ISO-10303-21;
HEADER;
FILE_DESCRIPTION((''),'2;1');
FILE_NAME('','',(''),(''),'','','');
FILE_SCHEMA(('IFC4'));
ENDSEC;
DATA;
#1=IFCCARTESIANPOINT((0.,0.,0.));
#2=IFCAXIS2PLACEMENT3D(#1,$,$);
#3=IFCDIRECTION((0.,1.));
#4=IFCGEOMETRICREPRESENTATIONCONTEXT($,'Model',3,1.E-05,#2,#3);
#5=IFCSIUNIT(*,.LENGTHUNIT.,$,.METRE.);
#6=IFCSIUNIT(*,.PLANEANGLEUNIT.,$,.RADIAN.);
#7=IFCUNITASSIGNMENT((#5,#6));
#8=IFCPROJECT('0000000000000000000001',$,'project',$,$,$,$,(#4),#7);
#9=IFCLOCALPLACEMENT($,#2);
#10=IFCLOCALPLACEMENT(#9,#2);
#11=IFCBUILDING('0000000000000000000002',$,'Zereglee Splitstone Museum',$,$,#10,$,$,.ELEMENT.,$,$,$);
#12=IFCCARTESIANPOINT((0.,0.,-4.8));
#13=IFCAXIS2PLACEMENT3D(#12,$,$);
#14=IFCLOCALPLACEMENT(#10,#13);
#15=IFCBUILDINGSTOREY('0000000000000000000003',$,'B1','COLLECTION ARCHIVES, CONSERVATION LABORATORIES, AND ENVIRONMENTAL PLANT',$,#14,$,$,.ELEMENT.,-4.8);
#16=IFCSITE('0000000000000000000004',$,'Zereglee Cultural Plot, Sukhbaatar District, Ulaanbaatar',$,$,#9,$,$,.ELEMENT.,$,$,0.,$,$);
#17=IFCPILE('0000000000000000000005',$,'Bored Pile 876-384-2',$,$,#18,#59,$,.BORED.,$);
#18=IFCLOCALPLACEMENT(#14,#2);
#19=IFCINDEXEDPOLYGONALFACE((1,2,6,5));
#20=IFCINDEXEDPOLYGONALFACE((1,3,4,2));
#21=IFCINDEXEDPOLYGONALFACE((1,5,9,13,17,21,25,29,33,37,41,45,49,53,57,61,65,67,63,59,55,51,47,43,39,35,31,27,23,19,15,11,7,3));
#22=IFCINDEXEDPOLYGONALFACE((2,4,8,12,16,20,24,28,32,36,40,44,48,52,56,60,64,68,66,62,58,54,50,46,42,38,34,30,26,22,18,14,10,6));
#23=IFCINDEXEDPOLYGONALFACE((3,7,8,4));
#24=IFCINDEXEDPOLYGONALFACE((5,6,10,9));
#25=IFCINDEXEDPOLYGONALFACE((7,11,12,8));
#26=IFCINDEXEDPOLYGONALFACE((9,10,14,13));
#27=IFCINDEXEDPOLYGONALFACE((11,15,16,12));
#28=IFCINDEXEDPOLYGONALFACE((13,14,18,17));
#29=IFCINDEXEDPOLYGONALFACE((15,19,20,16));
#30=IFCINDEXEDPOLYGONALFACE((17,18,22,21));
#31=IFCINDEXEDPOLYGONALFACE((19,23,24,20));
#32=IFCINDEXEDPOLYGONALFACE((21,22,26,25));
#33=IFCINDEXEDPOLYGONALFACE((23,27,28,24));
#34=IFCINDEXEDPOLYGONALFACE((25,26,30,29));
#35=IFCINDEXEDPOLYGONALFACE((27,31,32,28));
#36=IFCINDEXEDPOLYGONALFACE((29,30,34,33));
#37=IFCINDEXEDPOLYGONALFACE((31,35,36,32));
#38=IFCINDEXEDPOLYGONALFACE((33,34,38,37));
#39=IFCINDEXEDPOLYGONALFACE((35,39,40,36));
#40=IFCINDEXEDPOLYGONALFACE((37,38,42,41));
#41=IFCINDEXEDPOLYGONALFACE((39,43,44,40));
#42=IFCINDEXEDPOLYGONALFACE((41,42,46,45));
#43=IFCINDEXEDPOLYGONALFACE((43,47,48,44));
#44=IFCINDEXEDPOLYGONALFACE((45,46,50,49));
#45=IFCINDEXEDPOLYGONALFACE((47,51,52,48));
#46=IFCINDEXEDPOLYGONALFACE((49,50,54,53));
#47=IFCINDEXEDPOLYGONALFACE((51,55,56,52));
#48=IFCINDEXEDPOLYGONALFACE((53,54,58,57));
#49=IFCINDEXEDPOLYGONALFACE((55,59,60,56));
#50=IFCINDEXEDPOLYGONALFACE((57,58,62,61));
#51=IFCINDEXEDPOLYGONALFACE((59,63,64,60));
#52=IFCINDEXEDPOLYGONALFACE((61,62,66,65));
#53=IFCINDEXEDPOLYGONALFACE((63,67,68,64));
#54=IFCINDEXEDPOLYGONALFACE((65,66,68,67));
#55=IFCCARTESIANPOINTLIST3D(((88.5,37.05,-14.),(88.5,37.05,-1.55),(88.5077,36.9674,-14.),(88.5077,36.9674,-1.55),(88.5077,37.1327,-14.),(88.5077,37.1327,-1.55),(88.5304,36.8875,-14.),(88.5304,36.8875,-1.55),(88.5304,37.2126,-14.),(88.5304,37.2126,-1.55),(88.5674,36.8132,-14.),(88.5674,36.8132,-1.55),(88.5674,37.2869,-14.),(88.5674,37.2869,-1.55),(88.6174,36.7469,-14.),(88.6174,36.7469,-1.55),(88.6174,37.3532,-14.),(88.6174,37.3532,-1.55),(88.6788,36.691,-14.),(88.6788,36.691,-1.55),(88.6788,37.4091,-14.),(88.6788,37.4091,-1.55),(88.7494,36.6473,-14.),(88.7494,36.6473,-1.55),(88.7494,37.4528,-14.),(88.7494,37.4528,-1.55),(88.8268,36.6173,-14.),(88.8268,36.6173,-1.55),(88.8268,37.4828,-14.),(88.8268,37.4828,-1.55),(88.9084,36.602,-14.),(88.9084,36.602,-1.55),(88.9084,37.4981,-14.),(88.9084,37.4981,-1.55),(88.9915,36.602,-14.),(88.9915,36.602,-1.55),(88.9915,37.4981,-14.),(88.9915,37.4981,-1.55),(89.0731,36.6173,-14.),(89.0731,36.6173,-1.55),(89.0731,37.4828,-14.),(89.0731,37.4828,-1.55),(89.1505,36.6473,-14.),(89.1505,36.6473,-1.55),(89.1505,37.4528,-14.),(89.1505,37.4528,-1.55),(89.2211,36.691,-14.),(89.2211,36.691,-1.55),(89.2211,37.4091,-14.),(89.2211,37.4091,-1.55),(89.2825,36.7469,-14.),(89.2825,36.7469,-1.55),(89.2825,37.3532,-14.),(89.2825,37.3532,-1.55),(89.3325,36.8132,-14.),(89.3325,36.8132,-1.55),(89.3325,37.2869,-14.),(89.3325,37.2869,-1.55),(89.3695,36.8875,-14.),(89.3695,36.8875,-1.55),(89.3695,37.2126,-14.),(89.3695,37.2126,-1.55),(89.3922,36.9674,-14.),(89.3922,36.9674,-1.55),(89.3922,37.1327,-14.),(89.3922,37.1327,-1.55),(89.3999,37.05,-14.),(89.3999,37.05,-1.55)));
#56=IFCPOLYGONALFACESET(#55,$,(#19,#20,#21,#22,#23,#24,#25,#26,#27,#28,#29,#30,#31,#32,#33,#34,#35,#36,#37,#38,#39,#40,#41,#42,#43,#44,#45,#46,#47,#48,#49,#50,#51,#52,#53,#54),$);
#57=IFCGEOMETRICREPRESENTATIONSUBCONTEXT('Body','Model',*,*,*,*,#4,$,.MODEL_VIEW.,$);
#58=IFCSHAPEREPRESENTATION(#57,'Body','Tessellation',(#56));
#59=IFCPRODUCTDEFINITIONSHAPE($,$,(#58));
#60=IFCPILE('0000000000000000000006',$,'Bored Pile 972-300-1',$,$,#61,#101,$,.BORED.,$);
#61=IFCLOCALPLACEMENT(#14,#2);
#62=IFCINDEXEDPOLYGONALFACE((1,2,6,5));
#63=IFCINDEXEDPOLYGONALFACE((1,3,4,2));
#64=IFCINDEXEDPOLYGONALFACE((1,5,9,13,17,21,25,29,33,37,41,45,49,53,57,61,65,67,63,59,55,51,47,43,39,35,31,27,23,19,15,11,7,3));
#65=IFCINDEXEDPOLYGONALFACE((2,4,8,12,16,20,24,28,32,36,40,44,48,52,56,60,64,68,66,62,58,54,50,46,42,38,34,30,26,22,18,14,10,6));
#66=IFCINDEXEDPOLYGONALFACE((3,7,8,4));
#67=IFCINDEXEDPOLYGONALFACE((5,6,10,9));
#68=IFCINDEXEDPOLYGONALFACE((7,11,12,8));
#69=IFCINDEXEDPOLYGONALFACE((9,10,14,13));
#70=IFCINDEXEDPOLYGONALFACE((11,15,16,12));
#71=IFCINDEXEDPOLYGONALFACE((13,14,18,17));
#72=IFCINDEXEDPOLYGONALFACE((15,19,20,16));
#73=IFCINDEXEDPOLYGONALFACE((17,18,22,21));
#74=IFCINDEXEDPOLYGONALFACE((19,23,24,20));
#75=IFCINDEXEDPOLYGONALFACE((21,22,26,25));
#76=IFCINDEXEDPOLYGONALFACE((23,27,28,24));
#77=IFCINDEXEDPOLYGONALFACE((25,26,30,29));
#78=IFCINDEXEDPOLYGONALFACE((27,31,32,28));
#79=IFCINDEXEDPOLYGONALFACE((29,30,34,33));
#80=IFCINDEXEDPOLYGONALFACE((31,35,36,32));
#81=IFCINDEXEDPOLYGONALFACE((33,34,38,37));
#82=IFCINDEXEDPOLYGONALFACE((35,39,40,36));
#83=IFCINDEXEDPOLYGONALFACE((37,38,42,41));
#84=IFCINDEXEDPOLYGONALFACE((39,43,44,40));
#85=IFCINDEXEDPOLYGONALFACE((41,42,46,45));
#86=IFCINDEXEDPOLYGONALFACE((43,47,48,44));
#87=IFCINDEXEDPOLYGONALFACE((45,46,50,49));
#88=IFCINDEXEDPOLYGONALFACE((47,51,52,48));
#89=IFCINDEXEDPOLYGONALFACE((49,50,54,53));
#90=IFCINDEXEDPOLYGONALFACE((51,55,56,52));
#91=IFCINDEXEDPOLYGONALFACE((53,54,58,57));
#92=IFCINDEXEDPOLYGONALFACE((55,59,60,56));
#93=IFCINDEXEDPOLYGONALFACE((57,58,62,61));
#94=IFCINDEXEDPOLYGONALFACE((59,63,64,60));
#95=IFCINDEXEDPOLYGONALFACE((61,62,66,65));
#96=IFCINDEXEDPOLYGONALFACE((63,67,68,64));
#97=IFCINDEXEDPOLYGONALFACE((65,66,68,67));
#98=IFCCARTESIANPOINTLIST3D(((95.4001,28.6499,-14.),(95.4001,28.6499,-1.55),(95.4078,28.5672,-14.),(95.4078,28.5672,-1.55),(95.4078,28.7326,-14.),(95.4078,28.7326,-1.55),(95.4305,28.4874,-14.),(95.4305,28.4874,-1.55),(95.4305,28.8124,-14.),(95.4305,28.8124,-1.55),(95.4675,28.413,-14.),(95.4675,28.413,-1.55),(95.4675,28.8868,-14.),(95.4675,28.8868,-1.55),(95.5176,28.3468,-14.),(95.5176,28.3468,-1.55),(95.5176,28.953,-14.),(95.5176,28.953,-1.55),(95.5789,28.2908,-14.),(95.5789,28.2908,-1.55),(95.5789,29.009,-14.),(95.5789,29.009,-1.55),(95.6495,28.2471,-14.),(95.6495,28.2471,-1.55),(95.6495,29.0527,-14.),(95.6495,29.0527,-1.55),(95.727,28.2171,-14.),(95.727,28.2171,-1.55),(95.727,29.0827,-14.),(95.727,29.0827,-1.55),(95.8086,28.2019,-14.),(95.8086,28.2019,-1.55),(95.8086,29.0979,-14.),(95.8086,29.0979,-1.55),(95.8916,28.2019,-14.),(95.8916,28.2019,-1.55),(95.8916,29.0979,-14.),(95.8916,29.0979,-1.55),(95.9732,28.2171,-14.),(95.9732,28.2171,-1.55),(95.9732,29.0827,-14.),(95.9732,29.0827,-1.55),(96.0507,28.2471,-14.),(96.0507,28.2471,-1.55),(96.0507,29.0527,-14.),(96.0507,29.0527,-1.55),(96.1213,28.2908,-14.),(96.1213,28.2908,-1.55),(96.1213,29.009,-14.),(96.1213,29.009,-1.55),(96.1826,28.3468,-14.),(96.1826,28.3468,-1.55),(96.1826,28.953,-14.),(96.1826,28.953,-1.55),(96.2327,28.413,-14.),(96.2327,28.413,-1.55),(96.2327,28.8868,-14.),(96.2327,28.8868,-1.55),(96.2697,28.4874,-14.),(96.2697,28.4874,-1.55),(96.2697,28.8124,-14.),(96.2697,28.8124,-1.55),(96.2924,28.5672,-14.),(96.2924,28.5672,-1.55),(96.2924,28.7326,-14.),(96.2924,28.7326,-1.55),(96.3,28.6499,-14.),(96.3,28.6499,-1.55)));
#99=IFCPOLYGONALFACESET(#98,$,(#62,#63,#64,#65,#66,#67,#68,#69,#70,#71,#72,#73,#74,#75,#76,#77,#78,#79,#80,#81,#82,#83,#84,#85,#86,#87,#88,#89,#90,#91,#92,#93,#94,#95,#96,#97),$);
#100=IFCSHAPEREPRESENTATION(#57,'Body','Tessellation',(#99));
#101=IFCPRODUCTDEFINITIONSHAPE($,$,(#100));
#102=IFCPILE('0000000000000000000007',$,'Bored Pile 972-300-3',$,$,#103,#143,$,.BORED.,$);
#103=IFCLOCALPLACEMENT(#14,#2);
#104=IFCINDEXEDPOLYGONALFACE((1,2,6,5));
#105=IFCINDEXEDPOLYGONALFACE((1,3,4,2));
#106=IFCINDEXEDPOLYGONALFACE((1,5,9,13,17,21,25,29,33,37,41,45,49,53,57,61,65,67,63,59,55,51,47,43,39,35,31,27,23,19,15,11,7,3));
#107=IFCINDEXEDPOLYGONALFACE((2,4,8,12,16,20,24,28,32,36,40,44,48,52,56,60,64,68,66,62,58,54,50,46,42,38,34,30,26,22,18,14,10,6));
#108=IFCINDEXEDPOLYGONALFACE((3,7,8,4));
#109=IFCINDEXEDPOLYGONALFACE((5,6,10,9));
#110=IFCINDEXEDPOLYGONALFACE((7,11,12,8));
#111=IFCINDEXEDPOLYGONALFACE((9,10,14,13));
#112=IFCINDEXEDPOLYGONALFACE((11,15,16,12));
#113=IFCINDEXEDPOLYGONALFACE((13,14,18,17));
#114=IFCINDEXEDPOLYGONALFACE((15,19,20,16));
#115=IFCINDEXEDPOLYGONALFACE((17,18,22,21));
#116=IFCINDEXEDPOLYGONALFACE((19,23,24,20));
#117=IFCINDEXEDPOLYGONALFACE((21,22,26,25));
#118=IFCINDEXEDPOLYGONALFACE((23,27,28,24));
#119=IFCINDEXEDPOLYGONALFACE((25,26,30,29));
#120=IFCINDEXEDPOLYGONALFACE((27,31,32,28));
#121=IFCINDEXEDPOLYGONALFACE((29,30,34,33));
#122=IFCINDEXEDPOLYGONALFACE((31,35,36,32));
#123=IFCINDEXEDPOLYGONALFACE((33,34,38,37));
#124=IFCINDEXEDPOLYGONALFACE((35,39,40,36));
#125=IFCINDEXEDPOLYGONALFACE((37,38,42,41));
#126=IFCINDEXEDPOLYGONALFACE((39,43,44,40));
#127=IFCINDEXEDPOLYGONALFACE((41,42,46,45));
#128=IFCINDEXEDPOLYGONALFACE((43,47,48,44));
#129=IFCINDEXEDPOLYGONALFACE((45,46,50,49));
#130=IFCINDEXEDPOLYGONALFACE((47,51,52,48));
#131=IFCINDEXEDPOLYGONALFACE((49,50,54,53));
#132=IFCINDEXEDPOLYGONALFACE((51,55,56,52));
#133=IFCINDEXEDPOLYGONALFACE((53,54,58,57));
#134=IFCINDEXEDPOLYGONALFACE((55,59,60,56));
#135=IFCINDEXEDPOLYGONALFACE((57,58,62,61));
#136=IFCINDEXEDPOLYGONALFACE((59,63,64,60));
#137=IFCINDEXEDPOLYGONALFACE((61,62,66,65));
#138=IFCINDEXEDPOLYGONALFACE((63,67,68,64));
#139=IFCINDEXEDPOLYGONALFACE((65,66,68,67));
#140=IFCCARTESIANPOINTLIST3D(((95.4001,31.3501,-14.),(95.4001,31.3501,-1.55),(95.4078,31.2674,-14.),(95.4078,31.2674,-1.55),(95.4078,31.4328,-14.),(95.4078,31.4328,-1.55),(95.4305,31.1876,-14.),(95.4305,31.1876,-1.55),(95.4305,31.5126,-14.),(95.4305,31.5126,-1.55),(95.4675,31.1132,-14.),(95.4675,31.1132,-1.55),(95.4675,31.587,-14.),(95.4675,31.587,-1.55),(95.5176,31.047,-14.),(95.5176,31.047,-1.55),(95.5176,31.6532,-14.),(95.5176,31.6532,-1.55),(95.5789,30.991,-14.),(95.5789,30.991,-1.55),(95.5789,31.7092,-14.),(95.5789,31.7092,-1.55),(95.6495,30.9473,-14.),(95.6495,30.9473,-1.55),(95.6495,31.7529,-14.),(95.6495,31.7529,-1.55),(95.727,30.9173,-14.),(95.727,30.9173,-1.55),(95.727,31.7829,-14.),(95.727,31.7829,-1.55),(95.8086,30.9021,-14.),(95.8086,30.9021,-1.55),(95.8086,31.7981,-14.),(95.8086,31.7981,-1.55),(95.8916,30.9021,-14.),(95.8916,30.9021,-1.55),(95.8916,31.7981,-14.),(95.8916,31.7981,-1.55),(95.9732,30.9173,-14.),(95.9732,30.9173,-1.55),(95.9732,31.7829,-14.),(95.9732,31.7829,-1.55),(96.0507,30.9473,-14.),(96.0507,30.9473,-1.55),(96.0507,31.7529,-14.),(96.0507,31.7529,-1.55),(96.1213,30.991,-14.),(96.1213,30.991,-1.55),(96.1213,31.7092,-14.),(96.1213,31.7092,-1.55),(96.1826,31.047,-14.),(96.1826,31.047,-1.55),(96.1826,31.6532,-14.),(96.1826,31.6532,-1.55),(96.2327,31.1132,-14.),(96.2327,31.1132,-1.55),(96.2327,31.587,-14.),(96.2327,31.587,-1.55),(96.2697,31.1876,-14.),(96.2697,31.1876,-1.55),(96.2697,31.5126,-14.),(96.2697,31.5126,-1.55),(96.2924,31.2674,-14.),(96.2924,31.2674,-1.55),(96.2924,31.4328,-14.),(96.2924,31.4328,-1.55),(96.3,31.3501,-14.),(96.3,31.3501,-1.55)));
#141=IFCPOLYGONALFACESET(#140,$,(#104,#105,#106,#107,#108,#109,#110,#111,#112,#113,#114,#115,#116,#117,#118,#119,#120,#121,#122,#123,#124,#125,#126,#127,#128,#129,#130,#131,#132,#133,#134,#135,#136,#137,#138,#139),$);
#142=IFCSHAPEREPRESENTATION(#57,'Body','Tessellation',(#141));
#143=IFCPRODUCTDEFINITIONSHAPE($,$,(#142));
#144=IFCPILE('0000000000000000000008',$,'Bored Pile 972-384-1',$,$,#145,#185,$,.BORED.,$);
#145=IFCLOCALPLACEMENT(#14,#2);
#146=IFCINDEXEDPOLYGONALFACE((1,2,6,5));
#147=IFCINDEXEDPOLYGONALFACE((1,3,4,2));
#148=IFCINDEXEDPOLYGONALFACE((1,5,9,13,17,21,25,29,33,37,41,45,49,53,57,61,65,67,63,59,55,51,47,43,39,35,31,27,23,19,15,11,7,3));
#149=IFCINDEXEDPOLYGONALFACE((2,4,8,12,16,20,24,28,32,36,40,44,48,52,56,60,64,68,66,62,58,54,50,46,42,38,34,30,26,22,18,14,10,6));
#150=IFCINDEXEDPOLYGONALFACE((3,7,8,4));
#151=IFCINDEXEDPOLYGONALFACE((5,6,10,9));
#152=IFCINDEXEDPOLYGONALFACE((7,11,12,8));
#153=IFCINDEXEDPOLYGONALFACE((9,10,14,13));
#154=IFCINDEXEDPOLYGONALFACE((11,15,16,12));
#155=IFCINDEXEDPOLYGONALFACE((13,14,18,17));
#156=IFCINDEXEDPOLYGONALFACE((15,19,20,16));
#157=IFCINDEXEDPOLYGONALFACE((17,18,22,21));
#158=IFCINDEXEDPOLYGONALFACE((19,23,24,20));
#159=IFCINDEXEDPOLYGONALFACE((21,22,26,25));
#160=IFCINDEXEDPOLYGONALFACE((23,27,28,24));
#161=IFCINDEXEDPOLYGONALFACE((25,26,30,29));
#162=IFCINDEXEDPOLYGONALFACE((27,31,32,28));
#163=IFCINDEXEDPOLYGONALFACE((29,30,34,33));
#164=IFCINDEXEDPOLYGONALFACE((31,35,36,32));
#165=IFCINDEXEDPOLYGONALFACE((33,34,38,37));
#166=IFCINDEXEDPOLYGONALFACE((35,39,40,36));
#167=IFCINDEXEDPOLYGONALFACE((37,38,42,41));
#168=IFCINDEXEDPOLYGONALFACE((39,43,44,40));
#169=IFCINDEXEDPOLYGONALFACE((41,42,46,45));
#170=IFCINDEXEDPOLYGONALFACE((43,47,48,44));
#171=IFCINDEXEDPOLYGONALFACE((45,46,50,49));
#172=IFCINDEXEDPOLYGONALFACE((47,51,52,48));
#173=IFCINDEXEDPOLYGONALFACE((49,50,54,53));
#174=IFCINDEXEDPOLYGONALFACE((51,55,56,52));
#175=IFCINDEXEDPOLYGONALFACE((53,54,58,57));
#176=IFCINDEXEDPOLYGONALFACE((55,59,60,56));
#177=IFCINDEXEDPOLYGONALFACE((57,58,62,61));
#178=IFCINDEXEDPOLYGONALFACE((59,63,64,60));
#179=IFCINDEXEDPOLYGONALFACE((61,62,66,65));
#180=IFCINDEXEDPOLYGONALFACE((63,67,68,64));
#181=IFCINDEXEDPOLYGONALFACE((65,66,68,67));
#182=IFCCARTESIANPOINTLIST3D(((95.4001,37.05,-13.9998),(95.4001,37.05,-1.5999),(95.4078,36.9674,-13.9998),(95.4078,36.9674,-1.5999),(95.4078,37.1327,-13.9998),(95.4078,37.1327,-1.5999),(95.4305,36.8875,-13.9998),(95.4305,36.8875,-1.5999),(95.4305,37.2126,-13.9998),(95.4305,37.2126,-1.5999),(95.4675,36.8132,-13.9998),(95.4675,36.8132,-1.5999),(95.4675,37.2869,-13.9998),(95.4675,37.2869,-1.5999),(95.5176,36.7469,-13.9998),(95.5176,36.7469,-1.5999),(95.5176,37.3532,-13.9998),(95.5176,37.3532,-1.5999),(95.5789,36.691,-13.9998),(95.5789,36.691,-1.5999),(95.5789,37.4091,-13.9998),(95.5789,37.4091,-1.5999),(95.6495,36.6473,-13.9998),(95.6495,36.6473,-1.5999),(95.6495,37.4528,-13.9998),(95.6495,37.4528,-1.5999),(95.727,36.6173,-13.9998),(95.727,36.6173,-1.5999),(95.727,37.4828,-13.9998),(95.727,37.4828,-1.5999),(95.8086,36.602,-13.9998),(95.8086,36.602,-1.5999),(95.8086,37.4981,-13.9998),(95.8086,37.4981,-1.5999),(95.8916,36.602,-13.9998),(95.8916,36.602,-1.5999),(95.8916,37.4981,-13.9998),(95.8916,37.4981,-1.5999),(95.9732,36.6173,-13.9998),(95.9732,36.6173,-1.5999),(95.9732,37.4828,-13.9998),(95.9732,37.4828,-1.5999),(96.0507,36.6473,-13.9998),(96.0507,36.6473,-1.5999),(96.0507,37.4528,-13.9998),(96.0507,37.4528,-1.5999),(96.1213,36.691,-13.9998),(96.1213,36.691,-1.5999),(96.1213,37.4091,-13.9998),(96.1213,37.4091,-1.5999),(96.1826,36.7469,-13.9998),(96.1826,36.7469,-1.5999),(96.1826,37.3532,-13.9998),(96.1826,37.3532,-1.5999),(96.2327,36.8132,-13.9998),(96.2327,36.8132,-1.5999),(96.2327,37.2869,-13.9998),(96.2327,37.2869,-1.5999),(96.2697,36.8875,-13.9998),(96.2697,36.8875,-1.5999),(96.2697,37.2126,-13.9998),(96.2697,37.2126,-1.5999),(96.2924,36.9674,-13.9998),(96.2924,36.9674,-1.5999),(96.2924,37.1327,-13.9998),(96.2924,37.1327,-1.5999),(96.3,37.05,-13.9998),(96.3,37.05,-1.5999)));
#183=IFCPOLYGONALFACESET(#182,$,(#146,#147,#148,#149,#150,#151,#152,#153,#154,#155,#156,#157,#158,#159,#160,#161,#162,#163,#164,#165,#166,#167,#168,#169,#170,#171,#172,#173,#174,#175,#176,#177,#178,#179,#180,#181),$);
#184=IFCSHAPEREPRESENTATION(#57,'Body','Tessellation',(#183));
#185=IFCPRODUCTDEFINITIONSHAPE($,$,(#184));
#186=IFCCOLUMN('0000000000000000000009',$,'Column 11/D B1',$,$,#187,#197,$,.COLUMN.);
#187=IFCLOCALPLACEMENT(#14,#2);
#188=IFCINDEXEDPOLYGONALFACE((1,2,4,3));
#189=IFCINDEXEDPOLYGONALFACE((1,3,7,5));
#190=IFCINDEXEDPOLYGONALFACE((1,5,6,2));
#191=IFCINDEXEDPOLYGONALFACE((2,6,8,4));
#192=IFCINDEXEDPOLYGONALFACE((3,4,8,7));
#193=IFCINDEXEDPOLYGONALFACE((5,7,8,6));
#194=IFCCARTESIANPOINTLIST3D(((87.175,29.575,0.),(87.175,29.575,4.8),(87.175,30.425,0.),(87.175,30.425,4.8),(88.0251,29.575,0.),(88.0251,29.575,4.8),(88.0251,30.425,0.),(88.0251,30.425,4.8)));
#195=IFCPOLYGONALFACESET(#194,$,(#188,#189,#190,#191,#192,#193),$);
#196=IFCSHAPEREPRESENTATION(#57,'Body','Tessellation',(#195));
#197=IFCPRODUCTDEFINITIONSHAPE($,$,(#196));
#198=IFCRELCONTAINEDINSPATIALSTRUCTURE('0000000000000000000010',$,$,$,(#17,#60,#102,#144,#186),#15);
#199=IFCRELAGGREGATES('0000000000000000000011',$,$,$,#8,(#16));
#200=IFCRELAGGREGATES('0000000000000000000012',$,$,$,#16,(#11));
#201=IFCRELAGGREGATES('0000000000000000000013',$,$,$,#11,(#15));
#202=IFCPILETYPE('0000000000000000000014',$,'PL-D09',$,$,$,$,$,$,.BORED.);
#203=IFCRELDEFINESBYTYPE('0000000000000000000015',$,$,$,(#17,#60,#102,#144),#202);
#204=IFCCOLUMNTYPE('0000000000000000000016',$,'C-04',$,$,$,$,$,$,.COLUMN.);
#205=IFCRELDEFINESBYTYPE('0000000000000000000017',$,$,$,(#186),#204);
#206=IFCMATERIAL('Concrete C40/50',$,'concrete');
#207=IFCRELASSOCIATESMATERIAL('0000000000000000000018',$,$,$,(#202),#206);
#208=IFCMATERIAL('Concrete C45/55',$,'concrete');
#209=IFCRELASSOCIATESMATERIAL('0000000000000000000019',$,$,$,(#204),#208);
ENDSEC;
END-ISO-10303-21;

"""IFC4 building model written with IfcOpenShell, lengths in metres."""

from ifc_helpers import new_model, si_unit, direction, frame, origin, origin_2d, place, context, subcontext, project, spatial, rectangle, circle, extrude, material, material_profile, profile_set, type_object, element, save


model = new_model("IFC4")

# Units and contexts
model_context = context("Model", 3, precision=1e-05, world=origin(), true_north=direction((0.0, 1.0)))
body_context = subcontext(model_context, "Body", "Model", "MODEL_VIEW")
ifc_project = project(units=[si_unit("LENGTHUNIT", "METRE"), si_unit("PLANEANGLEUNIT", "RADIAN")], contexts=[model_context])

# Site, building, storey
site_placement = place(None, origin())
site = spatial("IfcSite", under=ifc_project, at=site_placement, Name="Zereglee Cultural Plot, Sukhbaatar District, Ulaanbaatar", CompositionType="ELEMENT", RefElevation=0.0)
building_placement = place(site_placement, origin())
building = spatial("IfcBuilding", under=site, at=building_placement, Name="Zereglee Splitstone Museum", CompositionType="ELEMENT")
storey_placement = place(building_placement, frame((0.0, 0.0, -4.8)))
storey = spatial("IfcBuildingStorey", under=building, at=storey_placement, Name="B1", Description="COLLECTION ARCHIVES, CONSERVATION LABORATORIES, AND ENVIRONMENTAL PLANT", CompositionType="ELEMENT", Elevation=-4.8)

# Shared definitions
ifc_material_1 = material(Name="Concrete C40/50", Category="concrete")

# Piles
ifc_material_profile_1 = material_profile(ifc_material_1, circle(Radius=0.45, at=origin_2d()), Name="PILE D900")
ifc_profile_set_1 = profile_set([ifc_material_profile_1], Name="Concrete C40/50")
pile_type = type_object("IfcPileType", Name="PL-D09", PredefinedType="BORED", material=ifc_profile_set_1)
for number, where, z_axis, x_axis, name in (
    (1, (88.95, 37.05, -1.55), (0.0, 0.0, -1.0), (1.0, 0.0, 0.0), "Bored Pile 876-384-2"),
    (2, (95.8501, 28.6499, -1.55), (0.0, 0.0, -1.0), (1.0, 0.0, 0.0), "Bored Pile 972-300-1"),
    (3, (95.8501, 31.3501, -1.55), (0.0, 0.0, -1.0), (1.0, 0.0, 0.0), "Bored Pile 972-300-3"),
):
    element("IfcPile", number, at=place(storey_placement, frame(where, z_axis=z_axis, x_axis=x_axis)), inside=storey, type_object=pile_type, Name=name, PredefinedType="BORED", context=body_context, shape_type="SweptSolid", body=[
        extrude(circle(Radius=0.45, at=origin_2d()), origin(), (0.0, 0.0, 1.0), 12.45),
    ])
pile_1_placement = place(storey_placement, frame((95.8501, 37.05, -1.5999), z_axis=(0.0, 0.0, -1.0), x_axis=(1.0, 0.0, 0.0)))
element("IfcPile", 4, at=pile_1_placement, inside=storey, type_object=pile_type, Name="Bored Pile 972-384-1", PredefinedType="BORED", context=body_context, shape_type="SweptSolid", body=[
    extrude(circle(Radius=0.45, at=origin_2d()), origin(), (0.0, 0.0, 1.0), 12.3999),
])

# Column
ifc_material_2 = material(Name="Concrete C45/55", Category="concrete")
ifc_material_profile_2 = material_profile(ifc_material_2, rectangle(XDim=0.8501, YDim=0.8501, at=origin_2d()), Name="RC 850x850")
ifc_profile_set_2 = profile_set([ifc_material_profile_2], Name="Concrete C45/55")
column_type = type_object("IfcColumnType", Name="C-04", PredefinedType="COLUMN", material=ifc_profile_set_2)
column_placement = place(storey_placement, frame((87.6001, 30.0, 0.0), z_axis=(0.0, 0.0, 1.0), x_axis=(1.0, 0.0, 0.0)))
element("IfcColumn", 5, at=column_placement, inside=storey, type_object=column_type, Name="Column 11/D B1", PredefinedType="COLUMN", context=body_context, shape_type="SweptSolid", body=[
    extrude(rectangle(XDim=0.8501, YDim=0.8501, at=origin_2d()), origin(), (0.0, 0.0, 1.0), 4.8),
])

save(model, "model.ifc")
